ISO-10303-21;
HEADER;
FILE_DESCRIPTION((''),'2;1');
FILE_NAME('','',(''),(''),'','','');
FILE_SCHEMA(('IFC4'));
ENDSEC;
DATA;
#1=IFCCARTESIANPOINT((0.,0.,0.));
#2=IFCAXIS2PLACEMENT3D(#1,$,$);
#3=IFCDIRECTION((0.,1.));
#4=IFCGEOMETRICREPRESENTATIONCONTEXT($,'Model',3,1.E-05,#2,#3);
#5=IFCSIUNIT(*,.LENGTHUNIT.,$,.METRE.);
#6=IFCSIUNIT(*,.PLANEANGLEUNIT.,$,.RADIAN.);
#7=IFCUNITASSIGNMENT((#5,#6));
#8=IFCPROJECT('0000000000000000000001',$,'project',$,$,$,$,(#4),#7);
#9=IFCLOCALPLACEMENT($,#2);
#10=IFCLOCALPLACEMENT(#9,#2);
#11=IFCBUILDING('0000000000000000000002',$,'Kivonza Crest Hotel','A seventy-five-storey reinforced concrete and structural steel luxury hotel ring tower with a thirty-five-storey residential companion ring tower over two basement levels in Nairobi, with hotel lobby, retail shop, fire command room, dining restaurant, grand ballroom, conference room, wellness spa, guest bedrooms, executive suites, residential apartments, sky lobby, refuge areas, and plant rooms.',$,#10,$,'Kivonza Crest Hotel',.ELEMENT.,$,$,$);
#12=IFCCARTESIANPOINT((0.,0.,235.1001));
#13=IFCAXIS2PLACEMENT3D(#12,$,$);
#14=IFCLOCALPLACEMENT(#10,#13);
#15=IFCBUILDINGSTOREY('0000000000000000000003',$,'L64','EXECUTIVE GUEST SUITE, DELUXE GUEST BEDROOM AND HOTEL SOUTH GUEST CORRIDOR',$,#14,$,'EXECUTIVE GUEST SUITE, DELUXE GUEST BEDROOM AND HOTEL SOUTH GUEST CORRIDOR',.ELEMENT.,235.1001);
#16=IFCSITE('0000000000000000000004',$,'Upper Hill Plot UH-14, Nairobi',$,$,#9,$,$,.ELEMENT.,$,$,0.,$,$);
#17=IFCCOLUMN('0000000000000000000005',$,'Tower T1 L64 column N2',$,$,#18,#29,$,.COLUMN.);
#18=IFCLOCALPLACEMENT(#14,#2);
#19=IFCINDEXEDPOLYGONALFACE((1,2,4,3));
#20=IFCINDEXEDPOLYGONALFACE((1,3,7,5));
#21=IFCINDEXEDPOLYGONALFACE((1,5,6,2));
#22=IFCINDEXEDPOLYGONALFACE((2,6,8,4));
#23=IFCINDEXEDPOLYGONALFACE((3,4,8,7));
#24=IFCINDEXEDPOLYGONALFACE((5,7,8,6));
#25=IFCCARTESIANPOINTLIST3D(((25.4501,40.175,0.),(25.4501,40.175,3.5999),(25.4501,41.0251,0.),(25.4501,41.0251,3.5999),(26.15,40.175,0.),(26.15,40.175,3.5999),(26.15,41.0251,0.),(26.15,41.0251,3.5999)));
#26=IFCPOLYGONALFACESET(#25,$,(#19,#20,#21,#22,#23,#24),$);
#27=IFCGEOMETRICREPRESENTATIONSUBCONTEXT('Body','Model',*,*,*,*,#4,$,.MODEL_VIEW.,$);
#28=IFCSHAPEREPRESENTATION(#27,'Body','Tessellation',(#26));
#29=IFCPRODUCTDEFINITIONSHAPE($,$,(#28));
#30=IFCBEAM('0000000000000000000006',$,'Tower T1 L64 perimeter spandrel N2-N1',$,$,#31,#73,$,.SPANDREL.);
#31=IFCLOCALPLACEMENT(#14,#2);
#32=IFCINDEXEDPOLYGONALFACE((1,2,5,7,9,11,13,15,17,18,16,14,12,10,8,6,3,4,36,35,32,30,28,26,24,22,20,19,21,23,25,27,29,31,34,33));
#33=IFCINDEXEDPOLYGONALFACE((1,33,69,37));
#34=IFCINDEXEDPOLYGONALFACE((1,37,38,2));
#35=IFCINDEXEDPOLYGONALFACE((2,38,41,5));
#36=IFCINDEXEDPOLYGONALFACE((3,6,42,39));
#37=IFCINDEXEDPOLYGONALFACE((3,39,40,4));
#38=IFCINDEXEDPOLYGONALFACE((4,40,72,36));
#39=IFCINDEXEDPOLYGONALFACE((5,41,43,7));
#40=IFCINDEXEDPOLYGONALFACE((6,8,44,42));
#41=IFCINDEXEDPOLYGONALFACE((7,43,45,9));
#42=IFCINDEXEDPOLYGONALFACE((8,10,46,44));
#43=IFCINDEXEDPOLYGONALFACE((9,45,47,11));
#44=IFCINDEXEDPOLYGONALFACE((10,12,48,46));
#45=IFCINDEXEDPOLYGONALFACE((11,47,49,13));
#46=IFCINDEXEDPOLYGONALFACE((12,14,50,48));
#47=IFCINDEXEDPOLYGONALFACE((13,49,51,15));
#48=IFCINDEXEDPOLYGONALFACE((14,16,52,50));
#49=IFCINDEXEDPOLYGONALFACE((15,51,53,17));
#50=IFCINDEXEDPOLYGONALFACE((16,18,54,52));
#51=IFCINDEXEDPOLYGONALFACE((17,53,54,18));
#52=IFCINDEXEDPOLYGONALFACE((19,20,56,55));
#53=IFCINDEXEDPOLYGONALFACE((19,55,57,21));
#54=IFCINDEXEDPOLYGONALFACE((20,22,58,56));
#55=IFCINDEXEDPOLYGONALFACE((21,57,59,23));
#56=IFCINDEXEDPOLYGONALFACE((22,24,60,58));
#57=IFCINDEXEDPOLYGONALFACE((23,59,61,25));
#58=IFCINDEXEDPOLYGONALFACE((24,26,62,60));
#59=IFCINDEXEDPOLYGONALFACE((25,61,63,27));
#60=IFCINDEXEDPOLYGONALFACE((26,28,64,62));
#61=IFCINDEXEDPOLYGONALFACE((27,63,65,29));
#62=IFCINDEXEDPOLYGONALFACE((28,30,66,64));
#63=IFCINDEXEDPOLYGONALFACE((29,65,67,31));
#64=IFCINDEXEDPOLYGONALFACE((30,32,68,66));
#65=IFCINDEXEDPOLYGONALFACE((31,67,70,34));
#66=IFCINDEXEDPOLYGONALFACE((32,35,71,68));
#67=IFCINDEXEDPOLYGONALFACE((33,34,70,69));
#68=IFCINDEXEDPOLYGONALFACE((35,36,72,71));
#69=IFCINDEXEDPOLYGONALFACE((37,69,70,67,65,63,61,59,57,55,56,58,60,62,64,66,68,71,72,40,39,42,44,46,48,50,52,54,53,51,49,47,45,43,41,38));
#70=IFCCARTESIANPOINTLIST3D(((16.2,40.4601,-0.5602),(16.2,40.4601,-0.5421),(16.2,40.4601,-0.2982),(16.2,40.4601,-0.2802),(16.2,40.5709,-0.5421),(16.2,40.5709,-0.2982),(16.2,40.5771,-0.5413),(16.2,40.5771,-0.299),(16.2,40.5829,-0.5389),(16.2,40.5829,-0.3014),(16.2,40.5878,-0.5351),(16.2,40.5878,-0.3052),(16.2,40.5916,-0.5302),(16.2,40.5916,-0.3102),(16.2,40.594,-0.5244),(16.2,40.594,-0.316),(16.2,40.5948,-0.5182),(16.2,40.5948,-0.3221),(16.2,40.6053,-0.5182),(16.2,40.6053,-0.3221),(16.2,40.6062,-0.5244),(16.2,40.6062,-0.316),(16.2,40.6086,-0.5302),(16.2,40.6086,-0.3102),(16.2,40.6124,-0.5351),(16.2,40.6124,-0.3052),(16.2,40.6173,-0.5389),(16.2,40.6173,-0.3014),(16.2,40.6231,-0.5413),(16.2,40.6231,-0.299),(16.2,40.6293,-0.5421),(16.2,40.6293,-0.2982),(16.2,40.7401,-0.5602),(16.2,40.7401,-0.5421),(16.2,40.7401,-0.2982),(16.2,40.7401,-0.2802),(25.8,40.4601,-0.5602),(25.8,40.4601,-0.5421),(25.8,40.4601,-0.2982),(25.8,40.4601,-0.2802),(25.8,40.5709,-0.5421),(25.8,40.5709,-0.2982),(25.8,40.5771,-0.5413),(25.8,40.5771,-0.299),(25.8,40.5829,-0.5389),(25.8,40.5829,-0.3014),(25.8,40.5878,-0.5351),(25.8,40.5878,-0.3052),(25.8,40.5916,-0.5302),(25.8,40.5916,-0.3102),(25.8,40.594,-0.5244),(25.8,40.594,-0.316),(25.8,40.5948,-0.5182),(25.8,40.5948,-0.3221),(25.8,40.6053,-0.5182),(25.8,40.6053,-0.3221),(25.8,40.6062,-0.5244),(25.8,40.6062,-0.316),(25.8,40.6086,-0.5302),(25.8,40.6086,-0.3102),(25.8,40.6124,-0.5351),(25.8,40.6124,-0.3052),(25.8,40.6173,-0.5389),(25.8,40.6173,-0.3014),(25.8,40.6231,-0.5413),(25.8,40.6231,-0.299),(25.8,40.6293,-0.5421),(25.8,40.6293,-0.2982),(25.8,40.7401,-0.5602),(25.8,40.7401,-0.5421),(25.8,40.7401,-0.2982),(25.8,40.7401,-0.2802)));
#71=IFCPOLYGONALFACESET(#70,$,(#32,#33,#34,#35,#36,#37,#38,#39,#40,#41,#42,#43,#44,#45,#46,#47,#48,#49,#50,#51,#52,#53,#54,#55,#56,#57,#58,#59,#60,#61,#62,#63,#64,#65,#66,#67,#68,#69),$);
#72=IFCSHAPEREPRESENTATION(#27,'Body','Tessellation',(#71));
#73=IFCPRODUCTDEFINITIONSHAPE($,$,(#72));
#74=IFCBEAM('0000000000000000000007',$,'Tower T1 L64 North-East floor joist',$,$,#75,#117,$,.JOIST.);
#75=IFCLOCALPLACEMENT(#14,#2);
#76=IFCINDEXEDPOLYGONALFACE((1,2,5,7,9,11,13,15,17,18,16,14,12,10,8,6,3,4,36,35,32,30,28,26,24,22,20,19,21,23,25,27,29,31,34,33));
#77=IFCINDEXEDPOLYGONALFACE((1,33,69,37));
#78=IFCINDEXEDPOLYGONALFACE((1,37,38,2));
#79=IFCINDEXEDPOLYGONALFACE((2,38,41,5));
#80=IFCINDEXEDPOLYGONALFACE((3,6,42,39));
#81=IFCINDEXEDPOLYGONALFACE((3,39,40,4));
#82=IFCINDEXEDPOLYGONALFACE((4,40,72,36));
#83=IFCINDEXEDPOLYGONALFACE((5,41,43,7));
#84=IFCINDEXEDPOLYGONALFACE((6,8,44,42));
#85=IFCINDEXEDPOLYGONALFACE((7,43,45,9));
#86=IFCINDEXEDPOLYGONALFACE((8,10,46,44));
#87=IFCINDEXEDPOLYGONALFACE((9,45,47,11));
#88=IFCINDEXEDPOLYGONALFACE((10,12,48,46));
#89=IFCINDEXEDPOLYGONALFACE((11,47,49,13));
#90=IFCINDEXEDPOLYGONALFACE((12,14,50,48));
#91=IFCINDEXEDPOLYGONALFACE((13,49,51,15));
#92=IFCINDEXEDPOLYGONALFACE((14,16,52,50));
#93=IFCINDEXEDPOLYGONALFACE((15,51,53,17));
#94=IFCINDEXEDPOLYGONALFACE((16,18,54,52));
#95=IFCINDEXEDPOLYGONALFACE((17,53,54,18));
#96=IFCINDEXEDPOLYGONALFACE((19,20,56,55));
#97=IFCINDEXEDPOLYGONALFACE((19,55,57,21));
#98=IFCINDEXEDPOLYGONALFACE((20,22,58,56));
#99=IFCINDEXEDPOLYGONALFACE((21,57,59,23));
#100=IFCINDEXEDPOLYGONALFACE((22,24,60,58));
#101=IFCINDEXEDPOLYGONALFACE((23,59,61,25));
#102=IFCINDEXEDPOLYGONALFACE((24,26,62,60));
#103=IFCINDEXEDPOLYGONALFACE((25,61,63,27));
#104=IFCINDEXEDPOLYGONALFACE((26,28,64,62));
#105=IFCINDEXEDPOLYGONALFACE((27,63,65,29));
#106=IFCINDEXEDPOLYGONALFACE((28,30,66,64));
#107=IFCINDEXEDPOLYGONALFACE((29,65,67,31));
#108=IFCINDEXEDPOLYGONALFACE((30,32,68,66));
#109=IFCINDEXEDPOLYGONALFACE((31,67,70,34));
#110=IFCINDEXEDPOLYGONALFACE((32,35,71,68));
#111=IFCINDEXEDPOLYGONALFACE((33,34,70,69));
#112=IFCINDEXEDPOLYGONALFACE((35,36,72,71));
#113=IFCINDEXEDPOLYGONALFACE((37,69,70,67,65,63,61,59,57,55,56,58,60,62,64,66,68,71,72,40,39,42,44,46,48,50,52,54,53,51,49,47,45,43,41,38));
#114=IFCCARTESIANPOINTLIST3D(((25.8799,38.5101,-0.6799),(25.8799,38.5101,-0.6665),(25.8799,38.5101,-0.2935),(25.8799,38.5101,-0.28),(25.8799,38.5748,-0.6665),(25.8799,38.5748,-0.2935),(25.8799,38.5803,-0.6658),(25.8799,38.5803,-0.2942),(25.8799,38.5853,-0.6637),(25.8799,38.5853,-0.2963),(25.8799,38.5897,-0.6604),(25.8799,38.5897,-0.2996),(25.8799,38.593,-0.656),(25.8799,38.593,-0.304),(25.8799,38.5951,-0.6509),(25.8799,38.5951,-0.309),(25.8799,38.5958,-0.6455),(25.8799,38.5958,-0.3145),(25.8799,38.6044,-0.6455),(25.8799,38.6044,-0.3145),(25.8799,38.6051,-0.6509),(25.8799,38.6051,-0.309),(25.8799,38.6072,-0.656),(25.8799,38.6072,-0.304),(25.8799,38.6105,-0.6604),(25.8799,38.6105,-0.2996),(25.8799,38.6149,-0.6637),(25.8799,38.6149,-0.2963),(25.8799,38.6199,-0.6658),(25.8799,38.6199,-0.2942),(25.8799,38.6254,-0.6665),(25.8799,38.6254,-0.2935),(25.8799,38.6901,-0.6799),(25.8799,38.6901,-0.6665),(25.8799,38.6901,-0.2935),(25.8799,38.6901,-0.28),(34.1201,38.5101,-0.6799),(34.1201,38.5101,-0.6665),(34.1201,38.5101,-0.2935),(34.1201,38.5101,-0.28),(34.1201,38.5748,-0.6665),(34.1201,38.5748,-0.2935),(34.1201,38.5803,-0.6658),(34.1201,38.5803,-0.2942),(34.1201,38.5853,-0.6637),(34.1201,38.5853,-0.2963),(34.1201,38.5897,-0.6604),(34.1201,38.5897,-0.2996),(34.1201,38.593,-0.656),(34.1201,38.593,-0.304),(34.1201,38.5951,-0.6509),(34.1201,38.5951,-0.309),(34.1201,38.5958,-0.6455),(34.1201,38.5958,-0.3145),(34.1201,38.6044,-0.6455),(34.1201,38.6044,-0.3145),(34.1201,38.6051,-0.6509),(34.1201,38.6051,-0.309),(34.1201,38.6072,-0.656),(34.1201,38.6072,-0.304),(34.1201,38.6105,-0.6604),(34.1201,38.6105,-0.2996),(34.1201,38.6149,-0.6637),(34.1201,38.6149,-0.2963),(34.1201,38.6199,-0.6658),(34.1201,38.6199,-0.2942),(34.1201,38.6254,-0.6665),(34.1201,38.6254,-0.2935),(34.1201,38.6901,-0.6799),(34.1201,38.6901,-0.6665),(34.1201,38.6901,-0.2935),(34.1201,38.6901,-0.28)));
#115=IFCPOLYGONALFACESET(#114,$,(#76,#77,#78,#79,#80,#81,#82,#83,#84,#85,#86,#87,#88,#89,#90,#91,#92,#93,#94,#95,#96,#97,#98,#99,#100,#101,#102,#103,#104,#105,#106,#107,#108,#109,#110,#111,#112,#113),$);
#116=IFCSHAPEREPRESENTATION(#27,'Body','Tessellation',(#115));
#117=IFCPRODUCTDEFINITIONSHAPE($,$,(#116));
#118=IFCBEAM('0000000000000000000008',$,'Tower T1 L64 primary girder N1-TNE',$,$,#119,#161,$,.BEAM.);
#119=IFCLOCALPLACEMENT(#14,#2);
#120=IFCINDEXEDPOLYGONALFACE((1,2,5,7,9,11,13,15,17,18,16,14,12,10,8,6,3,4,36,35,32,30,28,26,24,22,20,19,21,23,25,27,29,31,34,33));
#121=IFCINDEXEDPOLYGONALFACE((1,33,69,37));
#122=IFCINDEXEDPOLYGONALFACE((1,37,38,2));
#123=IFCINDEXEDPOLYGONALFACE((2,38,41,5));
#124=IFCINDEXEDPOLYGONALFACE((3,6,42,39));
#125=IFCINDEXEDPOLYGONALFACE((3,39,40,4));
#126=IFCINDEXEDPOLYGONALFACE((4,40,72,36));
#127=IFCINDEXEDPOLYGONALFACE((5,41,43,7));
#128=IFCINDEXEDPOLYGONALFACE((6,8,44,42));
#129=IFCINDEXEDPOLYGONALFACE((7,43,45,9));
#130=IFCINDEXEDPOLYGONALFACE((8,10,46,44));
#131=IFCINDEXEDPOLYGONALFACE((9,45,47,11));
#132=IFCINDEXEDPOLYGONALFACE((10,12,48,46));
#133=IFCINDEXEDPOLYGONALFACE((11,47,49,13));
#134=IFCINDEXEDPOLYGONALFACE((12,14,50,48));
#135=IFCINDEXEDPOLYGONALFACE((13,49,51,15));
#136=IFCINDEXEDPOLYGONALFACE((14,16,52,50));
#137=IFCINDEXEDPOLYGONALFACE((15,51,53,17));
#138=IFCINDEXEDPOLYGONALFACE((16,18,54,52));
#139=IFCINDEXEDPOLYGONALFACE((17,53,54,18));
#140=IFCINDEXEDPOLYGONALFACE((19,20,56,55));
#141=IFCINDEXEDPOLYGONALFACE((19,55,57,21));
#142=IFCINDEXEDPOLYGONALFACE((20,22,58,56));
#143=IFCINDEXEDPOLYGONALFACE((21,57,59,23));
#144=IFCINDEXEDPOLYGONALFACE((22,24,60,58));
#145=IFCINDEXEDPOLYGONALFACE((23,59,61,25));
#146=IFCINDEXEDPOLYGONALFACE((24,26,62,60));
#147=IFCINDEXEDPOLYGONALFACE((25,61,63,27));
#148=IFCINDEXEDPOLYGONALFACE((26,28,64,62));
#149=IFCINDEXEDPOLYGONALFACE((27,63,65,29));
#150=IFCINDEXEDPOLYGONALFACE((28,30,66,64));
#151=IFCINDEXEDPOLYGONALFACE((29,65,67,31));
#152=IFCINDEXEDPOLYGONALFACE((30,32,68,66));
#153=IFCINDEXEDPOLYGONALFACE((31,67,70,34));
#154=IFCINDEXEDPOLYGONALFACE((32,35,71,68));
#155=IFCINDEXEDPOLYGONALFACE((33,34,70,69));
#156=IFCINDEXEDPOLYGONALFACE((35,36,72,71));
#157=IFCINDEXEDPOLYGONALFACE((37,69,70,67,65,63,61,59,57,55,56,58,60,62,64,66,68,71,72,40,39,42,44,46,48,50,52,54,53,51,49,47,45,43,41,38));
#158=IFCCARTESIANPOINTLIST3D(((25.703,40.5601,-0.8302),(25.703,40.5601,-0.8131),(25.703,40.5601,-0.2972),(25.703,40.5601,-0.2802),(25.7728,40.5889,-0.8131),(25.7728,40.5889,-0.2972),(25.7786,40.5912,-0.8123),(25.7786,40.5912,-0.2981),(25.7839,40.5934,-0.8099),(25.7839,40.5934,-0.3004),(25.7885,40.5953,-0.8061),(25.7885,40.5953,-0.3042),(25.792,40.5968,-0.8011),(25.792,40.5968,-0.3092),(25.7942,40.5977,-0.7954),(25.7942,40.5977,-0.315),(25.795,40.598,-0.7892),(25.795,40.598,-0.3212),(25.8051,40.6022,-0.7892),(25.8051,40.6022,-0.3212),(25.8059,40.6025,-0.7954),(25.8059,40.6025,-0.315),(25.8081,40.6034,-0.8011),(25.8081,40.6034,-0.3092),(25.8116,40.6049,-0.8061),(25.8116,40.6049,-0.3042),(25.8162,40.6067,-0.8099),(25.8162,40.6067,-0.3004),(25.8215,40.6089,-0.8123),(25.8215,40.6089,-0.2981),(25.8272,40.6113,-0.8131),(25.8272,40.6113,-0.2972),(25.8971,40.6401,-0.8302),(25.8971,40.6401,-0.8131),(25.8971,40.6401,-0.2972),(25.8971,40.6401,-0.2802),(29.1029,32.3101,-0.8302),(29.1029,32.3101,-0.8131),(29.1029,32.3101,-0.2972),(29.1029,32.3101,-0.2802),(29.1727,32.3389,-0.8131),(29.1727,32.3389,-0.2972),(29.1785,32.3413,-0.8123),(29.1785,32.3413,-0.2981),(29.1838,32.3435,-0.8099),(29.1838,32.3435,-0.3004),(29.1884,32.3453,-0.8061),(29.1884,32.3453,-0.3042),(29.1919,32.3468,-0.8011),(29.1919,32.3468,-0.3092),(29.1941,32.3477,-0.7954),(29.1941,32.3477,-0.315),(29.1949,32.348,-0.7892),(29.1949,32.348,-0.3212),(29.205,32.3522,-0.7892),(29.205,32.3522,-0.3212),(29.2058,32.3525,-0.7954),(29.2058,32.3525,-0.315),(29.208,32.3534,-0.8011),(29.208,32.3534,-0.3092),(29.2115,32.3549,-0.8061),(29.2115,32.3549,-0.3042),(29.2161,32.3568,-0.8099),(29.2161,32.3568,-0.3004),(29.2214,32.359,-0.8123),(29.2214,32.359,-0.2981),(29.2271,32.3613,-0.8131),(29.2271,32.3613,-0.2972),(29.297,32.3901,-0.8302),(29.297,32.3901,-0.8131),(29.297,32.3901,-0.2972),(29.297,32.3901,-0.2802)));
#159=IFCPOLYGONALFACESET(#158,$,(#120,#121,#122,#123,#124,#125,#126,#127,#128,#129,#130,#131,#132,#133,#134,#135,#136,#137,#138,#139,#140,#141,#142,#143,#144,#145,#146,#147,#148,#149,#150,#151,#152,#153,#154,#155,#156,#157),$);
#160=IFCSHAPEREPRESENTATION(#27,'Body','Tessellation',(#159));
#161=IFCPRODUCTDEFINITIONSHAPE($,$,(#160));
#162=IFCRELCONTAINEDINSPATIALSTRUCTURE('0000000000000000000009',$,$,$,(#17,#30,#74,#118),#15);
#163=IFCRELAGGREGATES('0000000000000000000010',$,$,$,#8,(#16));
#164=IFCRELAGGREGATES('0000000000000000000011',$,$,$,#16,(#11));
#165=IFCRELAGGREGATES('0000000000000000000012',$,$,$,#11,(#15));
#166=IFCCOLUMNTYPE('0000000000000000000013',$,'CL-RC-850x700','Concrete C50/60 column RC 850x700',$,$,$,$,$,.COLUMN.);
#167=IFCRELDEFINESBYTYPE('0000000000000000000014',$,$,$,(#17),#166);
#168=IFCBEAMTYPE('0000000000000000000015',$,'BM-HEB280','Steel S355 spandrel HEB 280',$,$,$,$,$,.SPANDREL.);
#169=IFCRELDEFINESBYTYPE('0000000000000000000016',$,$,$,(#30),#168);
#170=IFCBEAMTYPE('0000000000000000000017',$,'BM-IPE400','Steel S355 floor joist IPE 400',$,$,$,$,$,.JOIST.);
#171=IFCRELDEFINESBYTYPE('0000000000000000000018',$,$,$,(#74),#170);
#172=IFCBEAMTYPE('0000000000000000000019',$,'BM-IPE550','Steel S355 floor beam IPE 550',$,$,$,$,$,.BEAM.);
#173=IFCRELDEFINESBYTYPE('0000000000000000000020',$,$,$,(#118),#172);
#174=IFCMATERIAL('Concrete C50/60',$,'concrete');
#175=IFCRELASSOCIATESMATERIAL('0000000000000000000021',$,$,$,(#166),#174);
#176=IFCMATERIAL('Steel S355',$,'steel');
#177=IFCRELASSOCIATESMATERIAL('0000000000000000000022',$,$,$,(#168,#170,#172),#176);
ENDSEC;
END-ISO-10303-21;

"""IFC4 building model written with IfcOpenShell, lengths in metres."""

from ifc_helpers import new_model, si_unit, direction, frame, origin, origin_2d, place, context, subcontext, project, spatial, rectangle, i_section, extrude, material, material_profile, profile_set, type_object, element, save


model = new_model("IFC4")

# Units and contexts
model_context = context("Model", 3, precision=1e-05, world=origin(), true_north=direction((0.0, 1.0)))
body_context = subcontext(model_context, "Body", "Model", "MODEL_VIEW")
ifc_project = project(units=[si_unit("LENGTHUNIT", "METRE"), si_unit("PLANEANGLEUNIT", "RADIAN")], contexts=[model_context])

# Site, building, storey
site_placement = place(None, origin())
site = spatial("IfcSite", under=ifc_project, at=site_placement, Name="Upper Hill Plot UH-14, Nairobi", CompositionType="ELEMENT", RefElevation=0.0)
building_placement = place(site_placement, origin())
building = spatial("IfcBuilding", under=site, at=building_placement, Name="Kivonza Crest Hotel", Description="A seventy-five-storey reinforced concrete and structural steel luxury hotel ring tower with a thirty-five-storey residential companion ring tower over two basement levels in Nairobi, with hotel lobby, retail shop, fire command room, dining restaurant, grand ballroom, conference room, wellness spa, guest bedrooms, executive suites, residential apartments, sky lobby, refuge areas, and plant rooms.", LongName="Kivonza Crest Hotel", CompositionType="ELEMENT")
storey_placement = place(building_placement, frame((0.0, 0.0, 235.1001)))
storey = spatial("IfcBuildingStorey", under=building, at=storey_placement, Name="L64", Description="EXECUTIVE GUEST SUITE, DELUXE GUEST BEDROOM AND HOTEL SOUTH GUEST CORRIDOR", LongName="EXECUTIVE GUEST SUITE, DELUXE GUEST BEDROOM AND HOTEL SOUTH GUEST CORRIDOR", CompositionType="ELEMENT", Elevation=235.1001)

# Column
ifc_material_1 = material(Name="Concrete C50/60", Category="concrete")
ifc_material_profile_1 = material_profile(ifc_material_1, rectangle(XDim=0.7, YDim=0.8501, at=origin_2d()), Name="RC 850x700")
ifc_profile_set_1 = profile_set([ifc_material_profile_1], Name="Concrete C50/60")
column_type = type_object("IfcColumnType", Name="CL-RC-850x700", Description="Concrete C50/60 column RC 850x700", PredefinedType="COLUMN", material=ifc_profile_set_1)
column_placement = place(storey_placement, frame((25.8, 40.6001, 0.0), z_axis=(0.0, 0.0, 1.0), x_axis=(1.0, 0.0, 0.0)))
element("IfcColumn", 1, at=column_placement, inside=storey, type_object=column_type, Name="Tower T1 L64 column N2", PredefinedType="COLUMN", context=body_context, shape_type="SweptSolid", body=[
    extrude(rectangle(XDim=0.7, YDim=0.8501, at=origin_2d()), origin(), (0.0, 0.0, 1.0), 3.5999),
])

# Beams
ifc_material_2 = material(Name="Steel S355", Category="steel")
ifc_material_profile_2 = material_profile(ifc_material_2, i_section(OverallWidth=0.28, OverallDepth=0.28, WebThickness=0.0105, FlangeThickness=0.0181, FilletRadius=0.0239, at=origin_2d()), Name="HEB 280")
ifc_profile_set_2 = profile_set([ifc_material_profile_2], Name="Steel S355")
beam_type_1 = type_object("IfcBeamType", Name="BM-HEB280", Description="Steel S355 spandrel HEB 280", PredefinedType="SPANDREL", material=ifc_profile_set_2)
beam_1_placement = place(storey_placement, frame((25.8, 40.6001, -0.4202), z_axis=(-1.0, 0.0, 0.0), x_axis=(0.0, -1.0, 0.0)))
element("IfcBeam", 2, at=beam_1_placement, inside=storey, type_object=beam_type_1, Name="Tower T1 L64 perimeter spandrel N2-N1", PredefinedType="SPANDREL", context=body_context, shape_type="SweptSolid", body=[
    extrude(i_section(OverallWidth=0.28, OverallDepth=0.28, WebThickness=0.0105, FlangeThickness=0.0181, FilletRadius=0.0239, at=origin_2d()), origin(), (0.0, 0.0, 1.0), 9.6001),
])
ifc_material_profile_3 = material_profile(ifc_material_2, i_section(OverallWidth=0.1799, OverallDepth=0.3999, WebThickness=0.0085, FlangeThickness=0.0134, FilletRadius=0.021, at=origin_2d()), Name="IPE 400")
ifc_profile_set_3 = profile_set([ifc_material_profile_3], Name="Steel S355")
beam_type_2 = type_object("IfcBeamType", Name="BM-IPE400", Description="Steel S355 floor joist IPE 400", PredefinedType="JOIST", material=ifc_profile_set_3)
beam_2_placement = place(storey_placement, frame((25.8799, 38.6001, -0.48), z_axis=(1.0, 0.0, 0.0), x_axis=(0.0, 1.0, 0.0)))
element("IfcBeam", 3, at=beam_2_placement, inside=storey, type_object=beam_type_2, Name="Tower T1 L64 North-East floor joist", PredefinedType="JOIST", context=body_context, shape_type="SweptSolid", body=[
    extrude(i_section(OverallWidth=0.1799, OverallDepth=0.3999, WebThickness=0.0085, FlangeThickness=0.0134, FilletRadius=0.021, at=origin_2d()), origin(), (0.0, 0.0, 1.0), 8.2402),
])
ifc_material_profile_4 = material_profile(ifc_material_2, i_section(OverallWidth=0.21, OverallDepth=0.55, WebThickness=0.011, FlangeThickness=0.0171, FilletRadius=0.0239, at=origin_2d()), Name="IPE 550")
ifc_profile_set_4 = profile_set([ifc_material_profile_4], Name="Steel S355")
beam_type_3 = type_object("IfcBeamType", Name="BM-IPE550", Description="Steel S355 floor beam IPE 550", PredefinedType="BEAM", material=ifc_profile_set_4)
beam_3_placement = place(storey_placement, frame((25.8, 40.6001, -0.5552), z_axis=(0.381022, -0.924566, 0.0), x_axis=(0.924566, 0.381022, 0.0)))
element("IfcBeam", 4, at=beam_3_placement, inside=storey, type_object=beam_type_3, Name="Tower T1 L64 primary girder N1-TNE", PredefinedType="BEAM", context=body_context, shape_type="SweptSolid", body=[
    extrude(i_section(OverallWidth=0.21, OverallDepth=0.55, WebThickness=0.011, FlangeThickness=0.0171, FilletRadius=0.0239, at=origin_2d()), origin(), (0.0, 0.0, 1.0), 8.9231),
])

save(model, "model.ifc")
